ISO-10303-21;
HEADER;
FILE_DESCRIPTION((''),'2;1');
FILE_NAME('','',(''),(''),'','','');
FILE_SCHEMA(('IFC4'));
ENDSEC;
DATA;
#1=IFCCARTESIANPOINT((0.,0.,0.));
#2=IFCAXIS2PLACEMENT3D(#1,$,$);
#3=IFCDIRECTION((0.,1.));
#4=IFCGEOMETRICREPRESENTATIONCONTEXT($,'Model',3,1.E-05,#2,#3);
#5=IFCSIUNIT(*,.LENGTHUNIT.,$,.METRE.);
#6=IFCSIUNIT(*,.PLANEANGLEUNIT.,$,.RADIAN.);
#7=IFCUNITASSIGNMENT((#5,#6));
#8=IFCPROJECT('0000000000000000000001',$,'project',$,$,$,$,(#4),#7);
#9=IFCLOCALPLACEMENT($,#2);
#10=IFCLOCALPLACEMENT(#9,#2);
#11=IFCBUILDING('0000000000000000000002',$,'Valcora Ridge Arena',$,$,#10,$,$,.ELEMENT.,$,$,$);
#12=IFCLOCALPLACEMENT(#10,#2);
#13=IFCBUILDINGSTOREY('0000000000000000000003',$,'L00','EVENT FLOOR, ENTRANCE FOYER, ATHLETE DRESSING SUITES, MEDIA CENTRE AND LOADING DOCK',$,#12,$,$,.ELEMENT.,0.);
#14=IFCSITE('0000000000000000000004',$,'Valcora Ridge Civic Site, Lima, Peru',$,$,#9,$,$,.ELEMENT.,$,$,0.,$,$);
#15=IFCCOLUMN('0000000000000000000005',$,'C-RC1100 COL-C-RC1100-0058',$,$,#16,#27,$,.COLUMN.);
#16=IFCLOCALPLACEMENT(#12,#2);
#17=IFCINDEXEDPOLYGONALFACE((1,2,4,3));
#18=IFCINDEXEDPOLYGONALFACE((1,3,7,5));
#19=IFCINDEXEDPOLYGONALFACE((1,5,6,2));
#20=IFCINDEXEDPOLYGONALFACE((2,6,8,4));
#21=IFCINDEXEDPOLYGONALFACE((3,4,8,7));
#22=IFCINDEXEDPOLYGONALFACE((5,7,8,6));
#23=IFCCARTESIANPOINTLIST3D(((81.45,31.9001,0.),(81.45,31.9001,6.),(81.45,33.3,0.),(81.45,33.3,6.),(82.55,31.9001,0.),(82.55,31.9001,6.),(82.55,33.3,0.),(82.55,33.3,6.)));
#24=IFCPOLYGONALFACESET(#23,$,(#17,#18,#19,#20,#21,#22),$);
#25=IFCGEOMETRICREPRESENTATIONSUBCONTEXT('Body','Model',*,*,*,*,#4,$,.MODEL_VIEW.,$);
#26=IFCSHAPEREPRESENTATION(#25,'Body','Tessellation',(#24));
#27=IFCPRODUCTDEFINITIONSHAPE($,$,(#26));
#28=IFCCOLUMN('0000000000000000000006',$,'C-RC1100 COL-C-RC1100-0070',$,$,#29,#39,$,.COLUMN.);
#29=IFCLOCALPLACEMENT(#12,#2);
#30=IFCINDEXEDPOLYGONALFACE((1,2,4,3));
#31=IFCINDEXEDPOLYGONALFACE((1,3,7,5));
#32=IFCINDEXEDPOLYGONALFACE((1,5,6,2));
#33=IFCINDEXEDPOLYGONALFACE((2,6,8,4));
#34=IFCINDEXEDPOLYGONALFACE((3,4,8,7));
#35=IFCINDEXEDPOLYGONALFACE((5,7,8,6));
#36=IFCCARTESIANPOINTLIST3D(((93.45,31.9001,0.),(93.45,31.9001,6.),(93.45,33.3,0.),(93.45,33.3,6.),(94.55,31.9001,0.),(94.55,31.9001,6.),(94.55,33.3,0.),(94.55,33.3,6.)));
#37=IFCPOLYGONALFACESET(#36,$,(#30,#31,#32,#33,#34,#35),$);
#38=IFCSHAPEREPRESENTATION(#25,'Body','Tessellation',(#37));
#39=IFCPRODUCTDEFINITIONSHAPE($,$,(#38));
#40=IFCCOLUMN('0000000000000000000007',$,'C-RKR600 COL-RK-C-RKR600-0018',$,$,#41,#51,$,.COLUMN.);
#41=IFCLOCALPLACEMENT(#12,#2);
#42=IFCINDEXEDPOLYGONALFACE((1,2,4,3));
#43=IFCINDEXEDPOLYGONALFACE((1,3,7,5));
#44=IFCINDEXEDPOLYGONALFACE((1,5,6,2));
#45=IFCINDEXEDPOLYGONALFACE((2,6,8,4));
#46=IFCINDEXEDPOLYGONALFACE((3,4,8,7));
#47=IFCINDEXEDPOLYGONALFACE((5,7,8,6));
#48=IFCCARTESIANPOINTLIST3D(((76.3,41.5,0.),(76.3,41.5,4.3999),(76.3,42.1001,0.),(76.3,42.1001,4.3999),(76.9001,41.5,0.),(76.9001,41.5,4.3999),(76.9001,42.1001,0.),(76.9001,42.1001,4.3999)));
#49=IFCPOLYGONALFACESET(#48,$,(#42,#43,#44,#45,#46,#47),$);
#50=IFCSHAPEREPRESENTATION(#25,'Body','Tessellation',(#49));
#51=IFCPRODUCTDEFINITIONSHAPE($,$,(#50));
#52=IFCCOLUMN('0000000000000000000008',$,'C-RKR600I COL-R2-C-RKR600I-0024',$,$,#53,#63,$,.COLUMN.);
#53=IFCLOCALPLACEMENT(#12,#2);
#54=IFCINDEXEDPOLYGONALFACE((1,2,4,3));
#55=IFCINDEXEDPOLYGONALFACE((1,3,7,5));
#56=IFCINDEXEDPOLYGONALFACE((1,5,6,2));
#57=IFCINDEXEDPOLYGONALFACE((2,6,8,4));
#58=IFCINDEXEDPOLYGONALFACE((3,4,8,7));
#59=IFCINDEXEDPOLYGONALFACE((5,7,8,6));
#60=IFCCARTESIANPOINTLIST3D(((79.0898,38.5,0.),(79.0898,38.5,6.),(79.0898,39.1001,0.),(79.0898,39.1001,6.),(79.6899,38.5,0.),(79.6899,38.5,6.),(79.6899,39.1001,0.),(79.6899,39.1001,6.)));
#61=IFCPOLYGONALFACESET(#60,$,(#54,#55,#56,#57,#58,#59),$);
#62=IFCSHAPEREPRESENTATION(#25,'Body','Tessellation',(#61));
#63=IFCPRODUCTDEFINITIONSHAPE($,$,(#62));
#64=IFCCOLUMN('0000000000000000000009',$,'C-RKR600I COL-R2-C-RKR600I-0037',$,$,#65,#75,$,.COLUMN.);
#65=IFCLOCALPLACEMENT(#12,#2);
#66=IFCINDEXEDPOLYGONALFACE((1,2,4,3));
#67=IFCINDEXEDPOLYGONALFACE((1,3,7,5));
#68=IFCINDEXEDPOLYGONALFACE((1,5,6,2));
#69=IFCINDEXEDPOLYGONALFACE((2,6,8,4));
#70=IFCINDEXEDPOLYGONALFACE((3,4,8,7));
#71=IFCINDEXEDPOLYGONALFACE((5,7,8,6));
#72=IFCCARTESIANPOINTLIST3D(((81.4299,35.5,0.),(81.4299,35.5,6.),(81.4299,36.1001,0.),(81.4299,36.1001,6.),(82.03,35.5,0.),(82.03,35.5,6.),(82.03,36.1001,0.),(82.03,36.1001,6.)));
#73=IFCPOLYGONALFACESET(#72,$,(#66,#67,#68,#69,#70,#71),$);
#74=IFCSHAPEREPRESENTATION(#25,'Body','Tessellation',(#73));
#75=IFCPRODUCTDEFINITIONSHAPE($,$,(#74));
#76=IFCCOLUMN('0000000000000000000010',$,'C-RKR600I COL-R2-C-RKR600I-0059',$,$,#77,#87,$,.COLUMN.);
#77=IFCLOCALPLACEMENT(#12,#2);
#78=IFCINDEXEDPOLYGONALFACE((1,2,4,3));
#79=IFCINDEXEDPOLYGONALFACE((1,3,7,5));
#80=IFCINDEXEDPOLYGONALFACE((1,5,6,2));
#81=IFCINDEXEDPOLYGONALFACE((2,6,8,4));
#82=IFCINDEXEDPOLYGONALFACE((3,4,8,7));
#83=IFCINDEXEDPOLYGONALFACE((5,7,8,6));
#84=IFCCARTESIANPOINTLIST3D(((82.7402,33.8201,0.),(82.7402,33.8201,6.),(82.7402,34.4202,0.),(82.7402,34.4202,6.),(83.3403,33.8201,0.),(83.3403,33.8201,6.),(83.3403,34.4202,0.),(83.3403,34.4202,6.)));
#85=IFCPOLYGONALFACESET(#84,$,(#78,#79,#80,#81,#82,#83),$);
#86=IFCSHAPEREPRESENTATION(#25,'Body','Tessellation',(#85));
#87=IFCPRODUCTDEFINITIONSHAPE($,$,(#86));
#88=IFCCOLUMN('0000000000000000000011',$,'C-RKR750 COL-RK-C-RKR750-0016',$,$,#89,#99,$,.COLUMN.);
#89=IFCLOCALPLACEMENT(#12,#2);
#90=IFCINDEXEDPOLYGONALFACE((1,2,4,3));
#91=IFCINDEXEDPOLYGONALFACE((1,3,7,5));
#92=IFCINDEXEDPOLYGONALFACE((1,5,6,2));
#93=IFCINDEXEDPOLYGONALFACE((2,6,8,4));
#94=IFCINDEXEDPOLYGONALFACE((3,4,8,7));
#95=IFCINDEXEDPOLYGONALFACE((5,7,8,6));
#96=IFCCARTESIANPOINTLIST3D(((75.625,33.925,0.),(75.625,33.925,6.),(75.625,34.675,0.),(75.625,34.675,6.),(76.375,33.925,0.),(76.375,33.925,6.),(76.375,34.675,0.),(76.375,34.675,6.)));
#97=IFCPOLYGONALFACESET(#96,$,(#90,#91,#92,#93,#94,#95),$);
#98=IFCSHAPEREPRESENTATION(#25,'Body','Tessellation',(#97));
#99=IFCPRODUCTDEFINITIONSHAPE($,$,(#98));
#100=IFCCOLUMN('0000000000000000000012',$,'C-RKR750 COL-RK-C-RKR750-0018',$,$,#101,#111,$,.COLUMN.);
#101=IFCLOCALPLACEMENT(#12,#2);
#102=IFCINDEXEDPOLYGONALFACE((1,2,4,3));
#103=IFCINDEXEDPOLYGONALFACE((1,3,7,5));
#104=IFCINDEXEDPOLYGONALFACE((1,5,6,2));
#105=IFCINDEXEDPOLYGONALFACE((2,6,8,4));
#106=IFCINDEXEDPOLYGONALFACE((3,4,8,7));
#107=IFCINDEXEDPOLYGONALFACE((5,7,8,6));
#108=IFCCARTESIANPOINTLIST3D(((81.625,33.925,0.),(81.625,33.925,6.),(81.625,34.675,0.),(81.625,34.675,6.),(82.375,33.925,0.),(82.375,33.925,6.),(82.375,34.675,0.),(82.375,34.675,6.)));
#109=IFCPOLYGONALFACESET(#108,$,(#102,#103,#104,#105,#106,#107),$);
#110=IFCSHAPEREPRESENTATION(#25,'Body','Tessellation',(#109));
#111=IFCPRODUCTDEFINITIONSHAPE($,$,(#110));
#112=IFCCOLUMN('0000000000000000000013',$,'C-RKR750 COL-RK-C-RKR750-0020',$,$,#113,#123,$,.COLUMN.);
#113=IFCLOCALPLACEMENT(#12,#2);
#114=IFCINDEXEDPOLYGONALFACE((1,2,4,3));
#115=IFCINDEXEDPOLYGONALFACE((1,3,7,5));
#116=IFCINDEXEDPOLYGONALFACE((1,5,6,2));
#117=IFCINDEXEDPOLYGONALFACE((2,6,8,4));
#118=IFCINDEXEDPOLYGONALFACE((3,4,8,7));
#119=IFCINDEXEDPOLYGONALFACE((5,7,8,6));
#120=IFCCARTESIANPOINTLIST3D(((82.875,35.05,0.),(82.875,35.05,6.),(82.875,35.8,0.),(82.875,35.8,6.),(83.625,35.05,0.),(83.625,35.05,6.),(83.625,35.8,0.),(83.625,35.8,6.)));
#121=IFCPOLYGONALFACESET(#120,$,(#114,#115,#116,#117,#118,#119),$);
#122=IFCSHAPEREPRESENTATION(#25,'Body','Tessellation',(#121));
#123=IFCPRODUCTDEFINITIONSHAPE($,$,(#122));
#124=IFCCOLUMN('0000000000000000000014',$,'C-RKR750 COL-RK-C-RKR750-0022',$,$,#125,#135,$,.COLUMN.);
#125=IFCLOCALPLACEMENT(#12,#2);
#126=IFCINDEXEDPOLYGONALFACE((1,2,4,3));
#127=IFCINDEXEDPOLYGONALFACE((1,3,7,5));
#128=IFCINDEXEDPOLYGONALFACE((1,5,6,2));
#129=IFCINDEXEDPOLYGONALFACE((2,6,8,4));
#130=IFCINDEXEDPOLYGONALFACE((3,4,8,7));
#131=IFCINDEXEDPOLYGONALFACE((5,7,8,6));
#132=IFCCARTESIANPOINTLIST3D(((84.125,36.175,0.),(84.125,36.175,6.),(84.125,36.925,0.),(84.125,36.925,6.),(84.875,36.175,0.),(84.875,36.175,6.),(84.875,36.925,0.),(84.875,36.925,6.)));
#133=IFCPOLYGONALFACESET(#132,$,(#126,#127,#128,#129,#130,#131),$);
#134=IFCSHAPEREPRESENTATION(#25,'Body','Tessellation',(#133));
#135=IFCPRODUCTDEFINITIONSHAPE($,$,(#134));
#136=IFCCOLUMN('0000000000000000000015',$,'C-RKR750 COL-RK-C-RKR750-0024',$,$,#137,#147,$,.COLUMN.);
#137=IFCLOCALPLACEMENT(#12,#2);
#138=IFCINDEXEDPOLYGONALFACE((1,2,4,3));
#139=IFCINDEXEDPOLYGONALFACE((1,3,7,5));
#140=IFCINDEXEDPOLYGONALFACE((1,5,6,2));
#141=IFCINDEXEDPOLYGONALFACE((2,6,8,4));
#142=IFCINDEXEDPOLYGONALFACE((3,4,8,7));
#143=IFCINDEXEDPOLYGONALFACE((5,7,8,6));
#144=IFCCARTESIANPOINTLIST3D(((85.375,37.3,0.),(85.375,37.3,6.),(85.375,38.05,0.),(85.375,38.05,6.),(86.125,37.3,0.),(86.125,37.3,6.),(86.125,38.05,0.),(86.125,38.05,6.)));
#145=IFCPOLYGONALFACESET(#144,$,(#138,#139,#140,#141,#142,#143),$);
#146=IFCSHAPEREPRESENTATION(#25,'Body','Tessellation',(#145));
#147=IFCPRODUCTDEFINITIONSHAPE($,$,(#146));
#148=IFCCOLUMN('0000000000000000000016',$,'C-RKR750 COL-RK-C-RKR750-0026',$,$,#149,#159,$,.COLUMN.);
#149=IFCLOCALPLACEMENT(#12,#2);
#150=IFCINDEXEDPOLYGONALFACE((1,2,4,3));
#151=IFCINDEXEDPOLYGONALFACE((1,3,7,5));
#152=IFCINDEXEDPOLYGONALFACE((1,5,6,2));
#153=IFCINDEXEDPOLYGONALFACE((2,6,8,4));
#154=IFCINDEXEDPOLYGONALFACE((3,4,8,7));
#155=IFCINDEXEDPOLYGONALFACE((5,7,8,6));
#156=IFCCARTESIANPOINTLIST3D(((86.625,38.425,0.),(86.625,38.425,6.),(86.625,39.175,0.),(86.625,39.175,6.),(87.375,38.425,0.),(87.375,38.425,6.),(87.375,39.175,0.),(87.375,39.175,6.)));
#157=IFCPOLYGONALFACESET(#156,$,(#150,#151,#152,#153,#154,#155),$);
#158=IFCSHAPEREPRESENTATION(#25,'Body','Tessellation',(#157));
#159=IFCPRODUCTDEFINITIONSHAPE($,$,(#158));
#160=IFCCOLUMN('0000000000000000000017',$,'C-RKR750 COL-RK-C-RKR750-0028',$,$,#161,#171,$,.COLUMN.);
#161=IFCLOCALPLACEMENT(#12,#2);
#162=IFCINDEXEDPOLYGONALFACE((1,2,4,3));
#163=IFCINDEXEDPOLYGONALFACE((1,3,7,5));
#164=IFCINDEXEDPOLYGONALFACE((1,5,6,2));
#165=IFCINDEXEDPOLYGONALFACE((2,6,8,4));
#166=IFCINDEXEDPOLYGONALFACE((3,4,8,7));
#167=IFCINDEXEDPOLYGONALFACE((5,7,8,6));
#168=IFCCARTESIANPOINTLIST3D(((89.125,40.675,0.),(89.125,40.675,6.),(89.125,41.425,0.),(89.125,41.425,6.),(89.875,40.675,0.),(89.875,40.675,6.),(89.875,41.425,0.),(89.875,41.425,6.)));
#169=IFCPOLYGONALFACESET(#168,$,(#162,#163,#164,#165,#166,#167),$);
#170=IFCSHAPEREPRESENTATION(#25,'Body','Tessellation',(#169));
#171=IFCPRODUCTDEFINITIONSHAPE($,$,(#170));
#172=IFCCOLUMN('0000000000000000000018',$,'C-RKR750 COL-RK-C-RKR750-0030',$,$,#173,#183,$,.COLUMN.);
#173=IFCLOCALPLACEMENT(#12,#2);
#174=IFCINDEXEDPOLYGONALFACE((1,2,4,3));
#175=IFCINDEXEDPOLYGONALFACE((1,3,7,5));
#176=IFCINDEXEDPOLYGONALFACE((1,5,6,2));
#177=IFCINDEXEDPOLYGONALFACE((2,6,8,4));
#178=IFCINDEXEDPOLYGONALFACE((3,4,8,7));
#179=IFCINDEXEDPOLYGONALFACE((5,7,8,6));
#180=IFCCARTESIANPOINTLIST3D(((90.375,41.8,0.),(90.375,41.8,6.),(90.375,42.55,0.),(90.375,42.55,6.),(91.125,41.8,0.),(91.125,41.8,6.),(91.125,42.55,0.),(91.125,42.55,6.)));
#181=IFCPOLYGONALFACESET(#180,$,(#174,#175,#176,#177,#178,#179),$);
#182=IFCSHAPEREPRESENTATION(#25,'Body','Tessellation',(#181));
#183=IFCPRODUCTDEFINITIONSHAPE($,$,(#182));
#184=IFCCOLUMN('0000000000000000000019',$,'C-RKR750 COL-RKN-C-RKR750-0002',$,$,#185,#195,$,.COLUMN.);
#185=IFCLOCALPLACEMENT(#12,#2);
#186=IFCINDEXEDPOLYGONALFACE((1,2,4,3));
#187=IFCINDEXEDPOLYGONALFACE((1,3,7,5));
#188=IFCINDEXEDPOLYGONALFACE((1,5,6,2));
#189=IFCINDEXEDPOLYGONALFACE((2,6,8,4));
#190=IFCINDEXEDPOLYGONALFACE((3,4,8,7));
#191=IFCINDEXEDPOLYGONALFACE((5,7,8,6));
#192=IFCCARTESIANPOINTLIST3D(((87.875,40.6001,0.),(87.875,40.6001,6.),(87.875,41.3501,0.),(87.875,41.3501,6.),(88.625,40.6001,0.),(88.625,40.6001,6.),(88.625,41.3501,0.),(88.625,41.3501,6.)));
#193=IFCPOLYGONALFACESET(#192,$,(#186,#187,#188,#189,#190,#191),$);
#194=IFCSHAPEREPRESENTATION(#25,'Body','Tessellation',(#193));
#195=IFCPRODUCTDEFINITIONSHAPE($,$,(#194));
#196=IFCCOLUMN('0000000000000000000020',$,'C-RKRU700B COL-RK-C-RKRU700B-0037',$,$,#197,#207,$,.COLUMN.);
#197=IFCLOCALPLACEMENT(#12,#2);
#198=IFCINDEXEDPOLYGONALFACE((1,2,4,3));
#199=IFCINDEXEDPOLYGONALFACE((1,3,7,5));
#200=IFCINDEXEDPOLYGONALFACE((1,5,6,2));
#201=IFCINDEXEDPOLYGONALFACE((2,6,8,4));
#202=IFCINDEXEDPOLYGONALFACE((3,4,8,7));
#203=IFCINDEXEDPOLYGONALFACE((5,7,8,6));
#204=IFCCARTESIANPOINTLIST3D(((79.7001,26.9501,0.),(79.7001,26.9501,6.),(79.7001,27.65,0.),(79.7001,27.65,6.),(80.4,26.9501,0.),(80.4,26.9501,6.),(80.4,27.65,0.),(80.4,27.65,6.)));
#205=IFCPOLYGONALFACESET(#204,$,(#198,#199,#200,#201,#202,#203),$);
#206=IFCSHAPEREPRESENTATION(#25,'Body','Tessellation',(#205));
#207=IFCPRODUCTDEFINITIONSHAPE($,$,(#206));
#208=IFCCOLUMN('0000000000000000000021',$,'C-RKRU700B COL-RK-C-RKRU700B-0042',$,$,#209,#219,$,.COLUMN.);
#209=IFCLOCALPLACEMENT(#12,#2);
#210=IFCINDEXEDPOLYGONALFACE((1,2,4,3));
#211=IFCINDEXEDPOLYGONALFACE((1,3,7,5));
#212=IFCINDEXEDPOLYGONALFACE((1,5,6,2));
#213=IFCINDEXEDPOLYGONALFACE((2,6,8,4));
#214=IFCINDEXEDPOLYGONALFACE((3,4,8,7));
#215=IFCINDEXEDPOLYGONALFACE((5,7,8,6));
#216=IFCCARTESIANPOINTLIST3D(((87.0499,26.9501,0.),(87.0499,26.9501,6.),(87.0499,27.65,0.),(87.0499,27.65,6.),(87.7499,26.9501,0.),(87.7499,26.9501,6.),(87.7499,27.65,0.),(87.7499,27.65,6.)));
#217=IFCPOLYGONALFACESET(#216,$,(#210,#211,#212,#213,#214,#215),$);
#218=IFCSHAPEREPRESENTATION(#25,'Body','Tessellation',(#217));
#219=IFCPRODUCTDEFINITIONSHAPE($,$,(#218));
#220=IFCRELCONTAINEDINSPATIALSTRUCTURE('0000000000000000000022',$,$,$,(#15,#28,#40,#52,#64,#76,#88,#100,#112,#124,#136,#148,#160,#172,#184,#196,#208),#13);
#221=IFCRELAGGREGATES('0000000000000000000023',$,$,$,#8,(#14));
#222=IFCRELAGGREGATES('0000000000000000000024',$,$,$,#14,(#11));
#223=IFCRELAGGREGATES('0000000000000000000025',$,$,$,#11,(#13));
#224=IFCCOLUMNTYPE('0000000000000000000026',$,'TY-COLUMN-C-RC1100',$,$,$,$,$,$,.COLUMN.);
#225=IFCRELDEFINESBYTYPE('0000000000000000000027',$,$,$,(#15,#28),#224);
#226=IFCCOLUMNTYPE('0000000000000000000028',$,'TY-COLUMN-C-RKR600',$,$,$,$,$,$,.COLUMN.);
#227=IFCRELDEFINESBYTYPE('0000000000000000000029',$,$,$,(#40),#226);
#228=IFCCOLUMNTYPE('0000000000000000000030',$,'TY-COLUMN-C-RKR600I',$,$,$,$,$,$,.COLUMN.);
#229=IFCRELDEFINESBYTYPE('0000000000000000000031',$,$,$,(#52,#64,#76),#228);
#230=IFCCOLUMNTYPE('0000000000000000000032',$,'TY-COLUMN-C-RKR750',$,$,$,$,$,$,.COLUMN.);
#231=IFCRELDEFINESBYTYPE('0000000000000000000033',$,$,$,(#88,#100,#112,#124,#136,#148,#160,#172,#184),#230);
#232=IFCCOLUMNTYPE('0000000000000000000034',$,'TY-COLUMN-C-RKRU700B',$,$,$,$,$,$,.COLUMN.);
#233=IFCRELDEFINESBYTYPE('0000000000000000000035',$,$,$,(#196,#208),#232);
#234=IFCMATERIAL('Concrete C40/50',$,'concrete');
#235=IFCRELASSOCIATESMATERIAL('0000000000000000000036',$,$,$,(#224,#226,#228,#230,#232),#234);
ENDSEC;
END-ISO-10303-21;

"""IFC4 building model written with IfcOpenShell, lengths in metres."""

from ifc_helpers import new_model, si_unit, direction, frame, origin, origin_2d, place, context, subcontext, project, spatial, rectangle, extrude, material, material_profile, profile_set, type_object, element, save


model = new_model("IFC4")

# Units and contexts
model_context = context("Model", 3, precision=1e-05, world=origin(), true_north=direction((0.0, 1.0)))
body_context = subcontext(model_context, "Body", "Model", "MODEL_VIEW")
ifc_project = project(units=[si_unit("LENGTHUNIT", "METRE"), si_unit("PLANEANGLEUNIT", "RADIAN")], contexts=[model_context])

# Site, building, storey
site_placement = place(None, origin())
site = spatial("IfcSite", under=ifc_project, at=site_placement, Name="Valcora Ridge Civic Site, Lima, Peru", CompositionType="ELEMENT", RefElevation=0.0)
building_placement = place(site_placement, origin())
building = spatial("IfcBuilding", under=site, at=building_placement, Name="Valcora Ridge Arena", CompositionType="ELEMENT")
storey_placement = place(building_placement, origin())
storey = spatial("IfcBuildingStorey", under=building, at=storey_placement, Name="L00", Description="EVENT FLOOR, ENTRANCE FOYER, ATHLETE DRESSING SUITES, MEDIA CENTRE AND LOADING DOCK", CompositionType="ELEMENT", Elevation=0.0)

# Columns
ifc_material_1 = material(Name="Concrete C40/50", Category="concrete")
ifc_material_profile_1 = material_profile(ifc_material_1, rectangle(XDim=1.1001, YDim=1.3999, at=origin_2d()), Name="RC 1100x1400")
ifc_profile_set_1 = profile_set([ifc_material_profile_1], Name="Concrete C40/50")
column_type_1 = type_object("IfcColumnType", Name="TY-COLUMN-C-RC1100", PredefinedType="COLUMN", material=ifc_profile_set_1)
for number, where, z_axis, x_axis, name in (
    (1, (82.0, 32.6001, 0.0), (0.0, 0.0, 1.0), (1.0, 0.0, 0.0), "C-RC1100 COL-C-RC1100-0058"),
    (2, (94.0, 32.6001, 0.0), (0.0, 0.0, 1.0), (1.0, 0.0, 0.0), "C-RC1100 COL-C-RC1100-0070"),
):
    element("IfcColumn", number, at=place(storey_placement, frame(where, z_axis=z_axis, x_axis=x_axis)), inside=storey, type_object=column_type_1, Name=name, PredefinedType="COLUMN", context=body_context, shape_type="SweptSolid", body=[
        extrude(rectangle(XDim=1.1001, YDim=1.3999, at=origin_2d()), origin(), (0.0, 0.0, 1.0), 6.0),
    ])
ifc_material_profile_2 = material_profile(ifc_material_1, rectangle(XDim=0.6001, YDim=0.6001, at=origin_2d()), Name="RC 600x600")
ifc_profile_set_2 = profile_set([ifc_material_profile_2], Name="Concrete C40/50")
column_type_2 = type_object("IfcColumnType", Name="TY-COLUMN-C-RKR600", PredefinedType="COLUMN", material=ifc_profile_set_2)
column_placement = place(storey_placement, frame((76.6001, 41.8, 0.0), z_axis=(0.0, 0.0, 1.0), x_axis=(1.0, 0.0, 0.0)))
element("IfcColumn", 3, at=column_placement, inside=storey, type_object=column_type_2, Name="C-RKR600 COL-RK-C-RKR600-0018", PredefinedType="COLUMN", context=body_context, shape_type="SweptSolid", body=[
    extrude(rectangle(XDim=0.6001, YDim=0.6001, at=origin_2d()), origin(), (0.0, 0.0, 1.0), 4.3999),
])
ifc_material_profile_3 = material_profile(ifc_material_1, rectangle(XDim=0.6001, YDim=0.6001, at=origin_2d()), Name="RC 600x600")
ifc_profile_set_3 = profile_set([ifc_material_profile_3], Name="Concrete C40/50")
column_type_3 = type_object("IfcColumnType", Name="TY-COLUMN-C-RKR600I", PredefinedType="COLUMN", material=ifc_profile_set_3)
for number, where, z_axis, x_axis, name in (
    (4, (79.3899, 38.8, 0.0), (0.0, 0.0, 1.0), (1.0, 0.0, 0.0), "C-RKR600I COL-R2-C-RKR600I-0024"),
    (5, (81.73, 35.8, 0.0), (0.0, 0.0, 1.0), (1.0, 0.0, 0.0), "C-RKR600I COL-R2-C-RKR600I-0037"),
    (6, (83.0403, 34.1201, 0.0), (0.0, 0.0, 1.0), (1.0, 0.0, 0.0), "C-RKR600I COL-R2-C-RKR600I-0059"),
):
    element("IfcColumn", number, at=place(storey_placement, frame(where, z_axis=z_axis, x_axis=x_axis)), inside=storey, type_object=column_type_3, Name=name, PredefinedType="COLUMN", context=body_context, shape_type="SweptSolid", body=[
        extrude(rectangle(XDim=0.6001, YDim=0.6001, at=origin_2d()), origin(), (0.0, 0.0, 1.0), 6.0),
    ])
ifc_material_profile_4 = material_profile(ifc_material_1, rectangle(XDim=0.75, YDim=0.75, at=origin_2d()), Name="RC 750x750")
ifc_profile_set_4 = profile_set([ifc_material_profile_4], Name="Concrete C40/50")
column_type_4 = type_object("IfcColumnType", Name="TY-COLUMN-C-RKR750", PredefinedType="COLUMN", material=ifc_profile_set_4)
for number, where, z_axis, x_axis, name in (
    (7, (76.0, 34.3, 0.0), (0.0, 0.0, 1.0), (1.0, 0.0, 0.0), "C-RKR750 COL-RK-C-RKR750-0016"),
    (8, (82.0, 34.3, 0.0), (0.0, 0.0, 1.0), (1.0, 0.0, 0.0), "C-RKR750 COL-RK-C-RKR750-0018"),
    (9, (83.25, 35.425, 0.0), (0.0, 0.0, 1.0), (1.0, 0.0, 0.0), "C-RKR750 COL-RK-C-RKR750-0020"),
    (10, (84.5, 36.55, 0.0), (0.0, 0.0, 1.0), (1.0, 0.0, 0.0), "C-RKR750 COL-RK-C-RKR750-0022"),
    (11, (85.75, 37.675, 0.0), (0.0, 0.0, 1.0), (1.0, 0.0, 0.0), "C-RKR750 COL-RK-C-RKR750-0024"),
    (12, (87.0, 38.8, 0.0), (0.0, 0.0, 1.0), (1.0, 0.0, 0.0), "C-RKR750 COL-RK-C-RKR750-0026"),
    (13, (89.5, 41.05, 0.0), (0.0, 0.0, 1.0), (1.0, 0.0, 0.0), "C-RKR750 COL-RK-C-RKR750-0028"),
    (14, (90.75, 42.175, 0.0), (0.0, 0.0, 1.0), (1.0, 0.0, 0.0), "C-RKR750 COL-RK-C-RKR750-0030"),
    (15, (88.25, 40.9751, 0.0), (0.0, 0.0, 1.0), (1.0, 0.0, 0.0), "C-RKR750 COL-RKN-C-RKR750-0002"),
):
    element("IfcColumn", number, at=place(storey_placement, frame(where, z_axis=z_axis, x_axis=x_axis)), inside=storey, type_object=column_type_4, Name=name, PredefinedType="COLUMN", context=body_context, shape_type="SweptSolid", body=[
        extrude(rectangle(XDim=0.75, YDim=0.75, at=origin_2d()), origin(), (0.0, 0.0, 1.0), 6.0),
    ])
ifc_material_profile_5 = material_profile(ifc_material_1, rectangle(XDim=0.7, YDim=0.7, at=origin_2d()), Name="RC 700x700")
ifc_profile_set_5 = profile_set([ifc_material_profile_5], Name="Concrete C40/50")
column_type_5 = type_object("IfcColumnType", Name="TY-COLUMN-C-RKRU700B", PredefinedType="COLUMN", material=ifc_profile_set_5)
for number, where, z_axis, x_axis, name in (
    (16, (80.05, 27.3, 0.0), (0.0, 0.0, 1.0), (1.0, 0.0, 0.0), "C-RKRU700B COL-RK-C-RKRU700B-0037"),
    (17, (87.3999, 27.3, 0.0), (0.0, 0.0, 1.0), (1.0, 0.0, 0.0), "C-RKRU700B COL-RK-C-RKRU700B-0042"),
):
    element("IfcColumn", number, at=place(storey_placement, frame(where, z_axis=z_axis, x_axis=x_axis)), inside=storey, type_object=column_type_5, Name=name, PredefinedType="COLUMN", context=body_context, shape_type="SweptSolid", body=[
        extrude(rectangle(XDim=0.7, YDim=0.7, at=origin_2d()), origin(), (0.0, 0.0, 1.0), 6.0),
    ])

save(model, "model.ifc")
